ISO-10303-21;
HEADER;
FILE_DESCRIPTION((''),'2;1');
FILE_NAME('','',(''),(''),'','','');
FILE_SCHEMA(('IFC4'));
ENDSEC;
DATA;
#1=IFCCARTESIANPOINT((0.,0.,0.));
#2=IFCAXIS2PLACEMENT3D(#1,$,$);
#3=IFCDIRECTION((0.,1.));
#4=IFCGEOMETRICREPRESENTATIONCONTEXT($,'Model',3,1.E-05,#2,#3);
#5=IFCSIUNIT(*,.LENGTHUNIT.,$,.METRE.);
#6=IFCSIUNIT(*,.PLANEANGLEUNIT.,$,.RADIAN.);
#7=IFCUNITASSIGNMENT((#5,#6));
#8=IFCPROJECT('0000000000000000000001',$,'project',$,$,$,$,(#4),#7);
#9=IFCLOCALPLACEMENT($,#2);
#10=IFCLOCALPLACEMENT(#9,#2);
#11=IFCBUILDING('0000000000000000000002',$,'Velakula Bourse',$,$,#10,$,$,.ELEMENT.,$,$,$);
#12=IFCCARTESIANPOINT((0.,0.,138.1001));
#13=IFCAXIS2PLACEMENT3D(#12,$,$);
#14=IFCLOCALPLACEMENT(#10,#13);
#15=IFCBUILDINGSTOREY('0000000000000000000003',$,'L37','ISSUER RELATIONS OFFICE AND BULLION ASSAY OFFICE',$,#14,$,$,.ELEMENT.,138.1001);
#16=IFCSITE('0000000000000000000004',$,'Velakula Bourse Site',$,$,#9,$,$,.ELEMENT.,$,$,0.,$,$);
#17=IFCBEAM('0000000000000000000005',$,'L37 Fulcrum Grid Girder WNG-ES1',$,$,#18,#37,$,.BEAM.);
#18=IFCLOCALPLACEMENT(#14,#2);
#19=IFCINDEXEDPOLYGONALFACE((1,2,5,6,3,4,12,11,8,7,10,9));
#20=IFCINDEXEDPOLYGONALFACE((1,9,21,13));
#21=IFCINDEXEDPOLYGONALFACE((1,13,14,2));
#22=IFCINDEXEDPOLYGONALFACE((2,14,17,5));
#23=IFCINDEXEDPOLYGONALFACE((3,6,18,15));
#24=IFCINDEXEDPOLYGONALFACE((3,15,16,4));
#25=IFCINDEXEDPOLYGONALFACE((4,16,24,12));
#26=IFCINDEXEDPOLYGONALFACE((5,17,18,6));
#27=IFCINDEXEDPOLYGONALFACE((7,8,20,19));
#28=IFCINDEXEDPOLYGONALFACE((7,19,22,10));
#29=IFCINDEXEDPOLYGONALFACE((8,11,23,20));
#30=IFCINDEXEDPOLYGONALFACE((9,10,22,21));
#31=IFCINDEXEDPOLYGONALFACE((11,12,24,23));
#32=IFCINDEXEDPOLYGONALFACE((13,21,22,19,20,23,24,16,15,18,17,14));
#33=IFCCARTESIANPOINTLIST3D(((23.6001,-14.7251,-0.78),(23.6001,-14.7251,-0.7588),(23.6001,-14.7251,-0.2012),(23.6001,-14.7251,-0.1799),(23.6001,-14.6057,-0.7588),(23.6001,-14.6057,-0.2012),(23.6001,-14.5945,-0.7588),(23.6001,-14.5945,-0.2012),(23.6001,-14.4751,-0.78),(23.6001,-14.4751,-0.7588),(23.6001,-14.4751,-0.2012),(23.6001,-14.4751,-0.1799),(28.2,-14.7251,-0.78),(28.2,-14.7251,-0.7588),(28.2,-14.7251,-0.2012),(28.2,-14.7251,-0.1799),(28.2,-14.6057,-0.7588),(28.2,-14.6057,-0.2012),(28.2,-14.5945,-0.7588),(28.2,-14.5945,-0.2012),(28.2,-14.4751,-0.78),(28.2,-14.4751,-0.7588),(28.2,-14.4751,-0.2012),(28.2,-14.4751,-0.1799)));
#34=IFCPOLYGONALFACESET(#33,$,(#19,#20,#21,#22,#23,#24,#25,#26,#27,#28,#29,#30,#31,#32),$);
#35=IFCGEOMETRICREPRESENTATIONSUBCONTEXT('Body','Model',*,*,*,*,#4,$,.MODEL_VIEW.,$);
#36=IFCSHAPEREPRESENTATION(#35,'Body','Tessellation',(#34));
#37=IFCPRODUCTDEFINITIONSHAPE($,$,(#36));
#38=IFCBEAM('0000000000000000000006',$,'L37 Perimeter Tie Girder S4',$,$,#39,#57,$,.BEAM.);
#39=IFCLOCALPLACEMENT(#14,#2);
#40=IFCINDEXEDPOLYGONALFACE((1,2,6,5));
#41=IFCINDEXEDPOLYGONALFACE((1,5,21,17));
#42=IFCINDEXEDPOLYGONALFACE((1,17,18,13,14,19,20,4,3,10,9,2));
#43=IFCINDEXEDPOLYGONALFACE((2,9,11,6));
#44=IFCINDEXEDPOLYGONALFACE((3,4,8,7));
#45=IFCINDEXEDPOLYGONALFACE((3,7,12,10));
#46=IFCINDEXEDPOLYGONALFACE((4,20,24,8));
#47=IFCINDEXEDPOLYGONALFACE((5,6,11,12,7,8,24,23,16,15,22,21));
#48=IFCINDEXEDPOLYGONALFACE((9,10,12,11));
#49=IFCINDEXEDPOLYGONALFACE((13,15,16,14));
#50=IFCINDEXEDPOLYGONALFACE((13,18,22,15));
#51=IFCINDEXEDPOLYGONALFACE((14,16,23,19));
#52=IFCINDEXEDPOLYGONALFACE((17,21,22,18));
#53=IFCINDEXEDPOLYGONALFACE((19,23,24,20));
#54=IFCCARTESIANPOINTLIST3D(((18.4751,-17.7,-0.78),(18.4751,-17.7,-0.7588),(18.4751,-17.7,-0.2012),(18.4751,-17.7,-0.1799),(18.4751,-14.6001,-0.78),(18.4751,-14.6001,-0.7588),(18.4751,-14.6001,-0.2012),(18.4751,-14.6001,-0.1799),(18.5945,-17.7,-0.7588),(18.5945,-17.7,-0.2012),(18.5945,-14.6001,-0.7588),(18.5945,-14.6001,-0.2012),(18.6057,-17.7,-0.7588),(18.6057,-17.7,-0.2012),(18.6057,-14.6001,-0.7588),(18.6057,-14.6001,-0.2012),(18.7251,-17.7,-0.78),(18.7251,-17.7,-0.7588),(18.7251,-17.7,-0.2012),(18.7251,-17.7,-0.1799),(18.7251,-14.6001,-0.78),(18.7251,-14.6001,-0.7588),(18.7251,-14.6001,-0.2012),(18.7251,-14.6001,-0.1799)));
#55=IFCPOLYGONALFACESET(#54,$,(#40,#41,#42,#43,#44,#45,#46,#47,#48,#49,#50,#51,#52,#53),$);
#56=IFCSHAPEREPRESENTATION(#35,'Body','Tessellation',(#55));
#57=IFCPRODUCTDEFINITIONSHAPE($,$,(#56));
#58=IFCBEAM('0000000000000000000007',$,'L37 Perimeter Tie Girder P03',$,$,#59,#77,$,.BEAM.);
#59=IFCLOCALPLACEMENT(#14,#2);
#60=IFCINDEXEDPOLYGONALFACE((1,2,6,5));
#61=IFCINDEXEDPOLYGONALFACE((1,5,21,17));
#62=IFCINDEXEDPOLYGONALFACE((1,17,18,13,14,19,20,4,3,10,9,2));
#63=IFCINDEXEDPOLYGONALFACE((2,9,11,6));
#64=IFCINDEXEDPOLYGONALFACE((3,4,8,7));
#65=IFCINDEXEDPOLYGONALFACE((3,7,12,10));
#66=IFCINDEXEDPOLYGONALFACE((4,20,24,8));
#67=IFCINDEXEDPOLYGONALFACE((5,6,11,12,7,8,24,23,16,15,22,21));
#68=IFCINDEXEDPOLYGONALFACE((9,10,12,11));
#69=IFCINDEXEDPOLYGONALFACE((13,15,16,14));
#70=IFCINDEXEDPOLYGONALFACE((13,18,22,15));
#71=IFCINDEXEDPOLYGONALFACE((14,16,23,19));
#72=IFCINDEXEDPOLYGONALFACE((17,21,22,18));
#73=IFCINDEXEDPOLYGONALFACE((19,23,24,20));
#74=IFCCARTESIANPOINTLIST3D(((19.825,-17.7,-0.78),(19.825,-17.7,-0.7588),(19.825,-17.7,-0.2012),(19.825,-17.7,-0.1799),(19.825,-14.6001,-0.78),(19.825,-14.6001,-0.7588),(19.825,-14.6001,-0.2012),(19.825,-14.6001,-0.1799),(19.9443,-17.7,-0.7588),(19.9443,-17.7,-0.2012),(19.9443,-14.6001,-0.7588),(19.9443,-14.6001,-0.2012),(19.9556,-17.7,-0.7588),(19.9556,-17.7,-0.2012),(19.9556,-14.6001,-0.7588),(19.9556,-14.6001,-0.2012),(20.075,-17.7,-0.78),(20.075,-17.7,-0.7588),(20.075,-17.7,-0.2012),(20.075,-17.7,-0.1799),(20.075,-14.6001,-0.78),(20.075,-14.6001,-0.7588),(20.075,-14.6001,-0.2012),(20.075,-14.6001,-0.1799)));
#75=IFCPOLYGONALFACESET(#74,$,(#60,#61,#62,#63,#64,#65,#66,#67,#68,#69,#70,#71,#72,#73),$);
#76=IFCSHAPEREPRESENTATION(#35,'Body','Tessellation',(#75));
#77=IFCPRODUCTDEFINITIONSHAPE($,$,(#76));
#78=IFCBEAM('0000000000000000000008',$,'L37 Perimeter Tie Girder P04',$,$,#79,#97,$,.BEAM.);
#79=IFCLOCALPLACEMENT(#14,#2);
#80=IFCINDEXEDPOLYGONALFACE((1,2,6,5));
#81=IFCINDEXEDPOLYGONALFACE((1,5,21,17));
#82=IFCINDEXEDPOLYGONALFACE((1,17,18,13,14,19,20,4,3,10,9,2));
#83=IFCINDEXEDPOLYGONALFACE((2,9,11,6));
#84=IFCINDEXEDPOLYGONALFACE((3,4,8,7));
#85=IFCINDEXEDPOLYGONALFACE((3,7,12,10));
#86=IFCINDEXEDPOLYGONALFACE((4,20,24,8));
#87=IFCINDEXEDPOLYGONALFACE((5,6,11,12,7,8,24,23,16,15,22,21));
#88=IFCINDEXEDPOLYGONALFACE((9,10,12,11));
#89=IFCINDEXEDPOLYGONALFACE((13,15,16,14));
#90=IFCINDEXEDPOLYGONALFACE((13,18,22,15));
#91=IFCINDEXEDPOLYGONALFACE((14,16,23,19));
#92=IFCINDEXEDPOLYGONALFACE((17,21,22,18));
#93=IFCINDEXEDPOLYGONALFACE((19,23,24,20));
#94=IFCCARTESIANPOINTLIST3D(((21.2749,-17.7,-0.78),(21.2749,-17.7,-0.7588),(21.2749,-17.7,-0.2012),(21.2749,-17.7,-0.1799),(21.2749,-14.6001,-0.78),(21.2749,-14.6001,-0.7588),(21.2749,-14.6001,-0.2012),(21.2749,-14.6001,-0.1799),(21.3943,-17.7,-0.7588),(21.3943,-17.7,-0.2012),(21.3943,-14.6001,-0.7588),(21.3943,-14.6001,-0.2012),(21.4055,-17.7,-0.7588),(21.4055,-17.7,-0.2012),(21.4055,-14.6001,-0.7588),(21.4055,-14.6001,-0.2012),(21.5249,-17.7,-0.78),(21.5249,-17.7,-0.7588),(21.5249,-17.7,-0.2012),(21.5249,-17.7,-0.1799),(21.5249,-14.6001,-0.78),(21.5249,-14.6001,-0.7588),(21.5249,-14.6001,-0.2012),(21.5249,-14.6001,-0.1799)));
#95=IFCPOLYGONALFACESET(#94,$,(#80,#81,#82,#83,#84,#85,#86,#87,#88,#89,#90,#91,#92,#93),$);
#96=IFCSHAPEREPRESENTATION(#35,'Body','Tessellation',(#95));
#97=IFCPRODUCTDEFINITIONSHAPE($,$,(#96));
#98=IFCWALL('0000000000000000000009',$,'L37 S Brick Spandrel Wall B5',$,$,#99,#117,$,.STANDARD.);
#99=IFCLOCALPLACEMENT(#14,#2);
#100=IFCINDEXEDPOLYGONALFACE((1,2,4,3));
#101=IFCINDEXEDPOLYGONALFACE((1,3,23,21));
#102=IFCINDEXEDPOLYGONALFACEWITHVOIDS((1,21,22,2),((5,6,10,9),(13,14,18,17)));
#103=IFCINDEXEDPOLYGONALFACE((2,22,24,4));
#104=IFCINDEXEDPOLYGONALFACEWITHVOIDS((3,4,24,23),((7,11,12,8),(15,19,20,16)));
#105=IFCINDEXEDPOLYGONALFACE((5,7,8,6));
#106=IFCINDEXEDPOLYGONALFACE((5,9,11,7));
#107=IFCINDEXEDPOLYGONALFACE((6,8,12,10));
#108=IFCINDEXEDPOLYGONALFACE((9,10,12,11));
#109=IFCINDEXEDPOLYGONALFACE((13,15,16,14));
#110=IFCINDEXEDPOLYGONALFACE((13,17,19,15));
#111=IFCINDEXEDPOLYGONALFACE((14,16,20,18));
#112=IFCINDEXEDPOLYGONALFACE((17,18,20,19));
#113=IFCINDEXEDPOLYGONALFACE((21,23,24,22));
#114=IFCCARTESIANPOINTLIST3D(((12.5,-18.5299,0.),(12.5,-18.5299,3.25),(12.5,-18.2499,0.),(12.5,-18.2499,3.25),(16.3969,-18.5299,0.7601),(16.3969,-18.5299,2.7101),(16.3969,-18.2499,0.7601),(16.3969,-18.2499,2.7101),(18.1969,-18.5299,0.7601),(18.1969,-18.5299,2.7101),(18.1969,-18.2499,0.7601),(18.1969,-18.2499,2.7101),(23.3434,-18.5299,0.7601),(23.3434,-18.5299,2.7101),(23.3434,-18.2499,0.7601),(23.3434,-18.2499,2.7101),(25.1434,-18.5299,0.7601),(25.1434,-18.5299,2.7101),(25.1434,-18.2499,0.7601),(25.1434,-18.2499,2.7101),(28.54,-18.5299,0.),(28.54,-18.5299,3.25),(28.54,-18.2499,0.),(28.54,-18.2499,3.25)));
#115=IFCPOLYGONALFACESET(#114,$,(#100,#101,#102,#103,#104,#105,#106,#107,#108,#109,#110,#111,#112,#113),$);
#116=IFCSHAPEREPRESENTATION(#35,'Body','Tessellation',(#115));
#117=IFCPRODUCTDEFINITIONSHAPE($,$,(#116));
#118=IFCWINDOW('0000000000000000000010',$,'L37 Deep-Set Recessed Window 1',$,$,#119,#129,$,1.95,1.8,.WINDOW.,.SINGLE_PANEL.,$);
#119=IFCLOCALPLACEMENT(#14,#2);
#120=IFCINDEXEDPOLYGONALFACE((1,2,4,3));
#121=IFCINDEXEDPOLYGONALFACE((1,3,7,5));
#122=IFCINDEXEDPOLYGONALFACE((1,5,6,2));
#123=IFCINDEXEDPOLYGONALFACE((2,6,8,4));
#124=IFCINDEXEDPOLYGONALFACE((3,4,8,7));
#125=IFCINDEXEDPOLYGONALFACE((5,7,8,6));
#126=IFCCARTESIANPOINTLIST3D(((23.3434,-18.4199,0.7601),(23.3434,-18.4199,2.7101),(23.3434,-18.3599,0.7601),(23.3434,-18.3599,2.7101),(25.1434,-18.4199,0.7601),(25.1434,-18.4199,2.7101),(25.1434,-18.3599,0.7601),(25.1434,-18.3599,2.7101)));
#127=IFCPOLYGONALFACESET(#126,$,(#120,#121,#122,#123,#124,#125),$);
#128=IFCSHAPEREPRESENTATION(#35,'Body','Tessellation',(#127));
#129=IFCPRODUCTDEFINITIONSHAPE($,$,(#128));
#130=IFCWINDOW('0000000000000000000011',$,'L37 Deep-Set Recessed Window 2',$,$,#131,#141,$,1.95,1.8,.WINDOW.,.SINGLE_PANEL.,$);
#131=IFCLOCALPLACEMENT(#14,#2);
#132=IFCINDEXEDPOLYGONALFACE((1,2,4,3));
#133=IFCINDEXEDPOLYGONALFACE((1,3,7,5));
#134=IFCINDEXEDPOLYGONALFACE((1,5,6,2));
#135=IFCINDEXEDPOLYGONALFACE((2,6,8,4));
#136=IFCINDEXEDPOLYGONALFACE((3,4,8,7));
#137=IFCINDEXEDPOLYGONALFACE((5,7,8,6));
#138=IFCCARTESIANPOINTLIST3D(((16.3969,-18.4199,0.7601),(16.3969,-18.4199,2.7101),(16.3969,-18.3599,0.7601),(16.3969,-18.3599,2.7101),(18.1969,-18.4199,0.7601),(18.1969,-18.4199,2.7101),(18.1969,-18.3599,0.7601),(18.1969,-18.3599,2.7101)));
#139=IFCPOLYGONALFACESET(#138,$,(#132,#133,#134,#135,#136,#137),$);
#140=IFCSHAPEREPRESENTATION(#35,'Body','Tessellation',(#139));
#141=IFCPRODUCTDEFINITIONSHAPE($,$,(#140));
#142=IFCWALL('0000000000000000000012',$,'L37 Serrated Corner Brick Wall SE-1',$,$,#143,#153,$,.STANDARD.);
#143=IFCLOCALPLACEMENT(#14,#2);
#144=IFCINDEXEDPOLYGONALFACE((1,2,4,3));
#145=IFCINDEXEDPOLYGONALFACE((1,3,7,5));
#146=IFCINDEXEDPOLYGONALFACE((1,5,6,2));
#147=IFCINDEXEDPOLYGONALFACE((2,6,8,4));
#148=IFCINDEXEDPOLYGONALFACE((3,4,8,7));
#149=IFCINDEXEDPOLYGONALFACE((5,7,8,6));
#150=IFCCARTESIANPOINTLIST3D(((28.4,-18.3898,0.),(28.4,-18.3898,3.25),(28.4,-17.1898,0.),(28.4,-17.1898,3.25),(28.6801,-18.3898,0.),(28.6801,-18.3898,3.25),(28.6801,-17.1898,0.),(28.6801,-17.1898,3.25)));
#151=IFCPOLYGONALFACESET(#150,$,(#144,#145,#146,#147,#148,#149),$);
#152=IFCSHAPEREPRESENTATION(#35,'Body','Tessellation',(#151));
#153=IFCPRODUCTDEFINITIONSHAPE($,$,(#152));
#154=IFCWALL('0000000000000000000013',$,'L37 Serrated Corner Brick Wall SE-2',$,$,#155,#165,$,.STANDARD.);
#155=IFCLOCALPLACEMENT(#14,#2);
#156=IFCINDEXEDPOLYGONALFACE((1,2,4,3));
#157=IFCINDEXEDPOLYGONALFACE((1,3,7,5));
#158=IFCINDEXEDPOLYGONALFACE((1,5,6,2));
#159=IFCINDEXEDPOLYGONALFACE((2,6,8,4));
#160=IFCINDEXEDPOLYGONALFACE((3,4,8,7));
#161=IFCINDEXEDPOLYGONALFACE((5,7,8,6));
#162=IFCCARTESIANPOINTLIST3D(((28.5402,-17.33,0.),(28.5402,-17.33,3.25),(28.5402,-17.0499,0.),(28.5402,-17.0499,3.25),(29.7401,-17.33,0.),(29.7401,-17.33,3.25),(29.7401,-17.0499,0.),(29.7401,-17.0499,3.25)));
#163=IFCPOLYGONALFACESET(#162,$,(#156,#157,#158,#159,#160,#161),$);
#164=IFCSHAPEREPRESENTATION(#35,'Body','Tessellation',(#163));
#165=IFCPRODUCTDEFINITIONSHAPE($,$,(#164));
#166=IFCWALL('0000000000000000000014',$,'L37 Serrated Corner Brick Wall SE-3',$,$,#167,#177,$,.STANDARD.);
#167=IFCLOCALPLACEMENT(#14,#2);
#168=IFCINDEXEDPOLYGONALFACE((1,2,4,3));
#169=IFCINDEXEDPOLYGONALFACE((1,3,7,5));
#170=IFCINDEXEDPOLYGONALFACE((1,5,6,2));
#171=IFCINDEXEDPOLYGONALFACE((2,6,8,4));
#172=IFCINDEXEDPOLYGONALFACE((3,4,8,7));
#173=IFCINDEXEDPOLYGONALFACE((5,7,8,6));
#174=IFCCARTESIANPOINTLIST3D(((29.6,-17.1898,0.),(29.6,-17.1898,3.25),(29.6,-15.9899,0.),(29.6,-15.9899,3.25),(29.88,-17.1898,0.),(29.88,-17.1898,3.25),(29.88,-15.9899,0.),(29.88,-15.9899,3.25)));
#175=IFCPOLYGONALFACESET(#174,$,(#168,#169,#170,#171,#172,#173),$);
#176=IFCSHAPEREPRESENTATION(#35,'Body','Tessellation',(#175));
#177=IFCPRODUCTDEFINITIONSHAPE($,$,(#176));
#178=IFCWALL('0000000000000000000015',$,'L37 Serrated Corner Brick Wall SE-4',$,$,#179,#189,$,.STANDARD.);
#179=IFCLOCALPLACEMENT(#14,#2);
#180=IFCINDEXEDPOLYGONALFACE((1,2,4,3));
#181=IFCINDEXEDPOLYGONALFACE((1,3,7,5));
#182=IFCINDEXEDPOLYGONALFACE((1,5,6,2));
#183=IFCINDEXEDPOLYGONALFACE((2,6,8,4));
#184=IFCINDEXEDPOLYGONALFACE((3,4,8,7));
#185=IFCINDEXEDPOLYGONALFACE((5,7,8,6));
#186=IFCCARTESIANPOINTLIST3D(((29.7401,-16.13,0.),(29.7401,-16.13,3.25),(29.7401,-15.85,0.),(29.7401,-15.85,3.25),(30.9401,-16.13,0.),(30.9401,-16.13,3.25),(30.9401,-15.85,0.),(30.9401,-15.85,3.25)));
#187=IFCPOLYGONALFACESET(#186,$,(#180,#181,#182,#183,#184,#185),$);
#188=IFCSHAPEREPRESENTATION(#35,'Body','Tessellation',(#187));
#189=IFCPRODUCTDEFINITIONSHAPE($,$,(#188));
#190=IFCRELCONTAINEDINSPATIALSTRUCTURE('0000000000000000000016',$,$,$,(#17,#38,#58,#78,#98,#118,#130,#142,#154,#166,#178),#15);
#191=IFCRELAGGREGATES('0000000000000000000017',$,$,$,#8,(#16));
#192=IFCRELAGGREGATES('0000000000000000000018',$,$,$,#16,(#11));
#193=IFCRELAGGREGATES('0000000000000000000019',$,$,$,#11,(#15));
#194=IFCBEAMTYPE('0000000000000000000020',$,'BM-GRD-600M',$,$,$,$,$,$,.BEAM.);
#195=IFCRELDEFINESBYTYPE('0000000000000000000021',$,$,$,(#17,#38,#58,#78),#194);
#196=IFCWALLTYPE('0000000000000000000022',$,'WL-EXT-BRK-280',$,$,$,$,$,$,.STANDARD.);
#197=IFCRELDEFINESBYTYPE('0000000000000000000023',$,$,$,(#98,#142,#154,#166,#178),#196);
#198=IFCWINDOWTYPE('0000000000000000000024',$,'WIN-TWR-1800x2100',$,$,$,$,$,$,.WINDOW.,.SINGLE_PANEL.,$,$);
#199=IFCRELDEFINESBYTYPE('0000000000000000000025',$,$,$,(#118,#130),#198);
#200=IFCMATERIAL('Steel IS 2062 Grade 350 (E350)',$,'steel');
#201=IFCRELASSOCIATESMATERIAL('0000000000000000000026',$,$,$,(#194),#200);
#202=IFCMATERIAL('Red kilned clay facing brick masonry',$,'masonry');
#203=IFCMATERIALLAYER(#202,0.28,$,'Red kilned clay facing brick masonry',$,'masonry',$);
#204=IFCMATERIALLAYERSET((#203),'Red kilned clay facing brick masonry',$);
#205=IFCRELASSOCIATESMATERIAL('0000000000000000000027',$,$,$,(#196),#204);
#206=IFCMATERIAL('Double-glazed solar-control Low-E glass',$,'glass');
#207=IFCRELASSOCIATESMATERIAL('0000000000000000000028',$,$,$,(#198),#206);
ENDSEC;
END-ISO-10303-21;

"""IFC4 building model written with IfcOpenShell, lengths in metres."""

from ifc_helpers import new_model, si_unit, direction, frame, frame_2d, origin, origin_2d, place, context, subcontext, project, spatial, rectangle, i_section, extrude, material, layer, layer_set, material_profile, profile_set, type_object, element, fill, save


model = new_model("IFC4")

# Units and contexts
model_context = context("Model", 3, precision=1e-05, world=origin(), true_north=direction((0.0, 1.0)))
body_context = subcontext(model_context, "Body", "Model", "MODEL_VIEW")
ifc_project = project(units=[si_unit("LENGTHUNIT", "METRE"), si_unit("PLANEANGLEUNIT", "RADIAN")], contexts=[model_context])

# Site, building, storey
site_placement = place(None, origin())
site = spatial("IfcSite", under=ifc_project, at=site_placement, Name="Velakula Bourse Site", CompositionType="ELEMENT", RefElevation=0.0)
building_placement = place(site_placement, origin())
building = spatial("IfcBuilding", under=site, at=building_placement, Name="Velakula Bourse", CompositionType="ELEMENT")
storey_placement = place(building_placement, frame((0.0, 0.0, 138.1001)))
storey = spatial("IfcBuildingStorey", under=building, at=storey_placement, Name="L37", Description="ISSUER RELATIONS OFFICE AND BULLION ASSAY OFFICE", CompositionType="ELEMENT", Elevation=138.1001)

# Shared definitions
ifc_material_1 = material(Name="Steel IS 2062 Grade 350 (E350)", Category="steel")

# Beams
ifc_material_profile_1 = material_profile(ifc_material_1, i_section(OverallWidth=0.25, OverallDepth=0.6001, WebThickness=0.0112, FlangeThickness=0.0212, at=origin_2d()), Name="Steel IS 2062 Grade 350 (E350)")
ifc_profile_set_1 = profile_set([ifc_material_profile_1], Name="Steel IS 2062 Grade 350 (E350)")
beam_type = type_object("IfcBeamType", Name="BM-GRD-600M", PredefinedType="BEAM", material=ifc_profile_set_1)
beam_1_placement = place(storey_placement, frame((23.6001, -14.6001, -0.48), z_axis=(1.0, 0.0, 0.0), x_axis=(0.0, 1.0, 0.0)))
element("IfcBeam", 1, at=beam_1_placement, inside=storey, type_object=beam_type, Name="L37 Fulcrum Grid Girder WNG-ES1", PredefinedType="BEAM", context=body_context, shape_type="SweptSolid", body=[
    extrude(i_section(OverallWidth=0.25, OverallDepth=0.6001, WebThickness=0.0112, FlangeThickness=0.0212, at=origin_2d()), origin(), (0.0, 0.0, 1.0), 4.5999),
])
for number, where, z_axis, x_axis, name in (
    (2, (18.6001, -14.6001, -0.48), (0.0, -1.0, 0.0), (1.0, 0.0, 0.0), "L37 Perimeter Tie Girder S4"),
    (3, (19.95, -14.6001, -0.48), (0.0, -1.0, 0.0), (1.0, 0.0, 0.0), "L37 Perimeter Tie Girder P03"),
    (4, (21.3999, -14.6001, -0.48), (0.0, -1.0, 0.0), (1.0, 0.0, 0.0), "L37 Perimeter Tie Girder P04"),
):
    element("IfcBeam", number, at=place(storey_placement, frame(where, z_axis=z_axis, x_axis=x_axis)), inside=storey, type_object=beam_type, Name=name, PredefinedType="BEAM", context=body_context, shape_type="SweptSolid", body=[
        extrude(i_section(OverallWidth=0.25, OverallDepth=0.6001, WebThickness=0.0112, FlangeThickness=0.0212, at=origin_2d()), origin(), (0.0, 0.0, 1.0), 3.0999),
    ])

# Wall, openings, windows
ifc_material_2 = material(Name="Red kilned clay facing brick masonry", Category="masonry")
ifc_layer_1 = layer(ifc_material_2, 0.28, Name="Red kilned clay facing brick masonry", Category="masonry")
ifc_layer_set_1 = layer_set([ifc_layer_1], Name="Red kilned clay facing brick masonry")
wall_type_1 = type_object("IfcWallType", Name="WL-EXT-BRK-280", PredefinedType="STANDARD", material=ifc_layer_set_1)
wall_placement = place(storey_placement, frame((28.54, -18.3899, 0.0), z_axis=(0.0, 0.0, 1.0), x_axis=(-1.0, 0.0, 0.0)))
wall = element("IfcWall", 5, at=wall_placement, inside=storey, type_object=wall_type_1, Name="L37 S Brick Spandrel Wall B5", PredefinedType="STANDARD", context=body_context, shape_type="SweptSolid", body=[
    extrude(rectangle(XDim=16.04, YDim=0.28, at=frame_2d((8.02, 0.0))), origin(), (0.0, 0.0, 1.0), 3.25),
])
opening_1_placement = place(wall_placement, frame((3.3967, 0.0, 0.76)))
opening_1 = element("IfcOpeningElement", 6, at=opening_1_placement, cuts=wall, PredefinedType="OPENING", context=body_context, shape_type="SweptSolid", body=[
    extrude(rectangle(XDim=1.8, YDim=1.95, at=frame_2d((0.8999, 0.9751))), frame((0.0, 0.1499, 0.0), z_axis=(0.0, -1.0, 0.0), x_axis=(1.0, 0.0, 0.0)), (0.0, 0.0, 1.0), 0.3),
])
opening_2_placement = place(wall_placement, frame((10.3433, 0.0, 0.76)))
opening_2 = element("IfcOpeningElement", 7, at=opening_2_placement, cuts=wall, PredefinedType="OPENING", context=body_context, shape_type="SweptSolid", body=[
    extrude(rectangle(XDim=1.8, YDim=1.95, at=frame_2d((0.8999, 0.9751))), frame((0.0, 0.1499, 0.0), z_axis=(0.0, -1.0, 0.0), x_axis=(1.0, 0.0, 0.0)), (0.0, 0.0, 1.0), 0.3),
])
ifc_material_3 = material(Name="Double-glazed solar-control Low-E glass", Category="glass")
window_type = type_object("IfcWindowType", Name="WIN-TWR-1800x2100", PartitioningType="SINGLE_PANEL", PredefinedType="WINDOW", material=ifc_material_3)
window_1_placement = place(opening_1_placement, origin())
window_1 = element("IfcWindow", 8, at=window_1_placement, inside=storey, type_object=window_type, Name="L37 Deep-Set Recessed Window 1", OverallHeight=1.95, OverallWidth=1.8, PartitioningType="SINGLE_PANEL", PredefinedType="WINDOW", context=body_context, shape_type="SweptSolid", body=[
    extrude(rectangle(XDim=1.8, YDim=1.95, at=frame_2d((0.8999, 0.9751))), frame((0.0, 0.03, 0.0), z_axis=(0.0, -1.0, 0.0), x_axis=(1.0, 0.0, 0.0)), (0.0, 0.0, 1.0), 0.0601),
])
fill(opening_1, window_1)
window_2_placement = place(opening_2_placement, origin())
window_2 = element("IfcWindow", 9, at=window_2_placement, inside=storey, type_object=window_type, Name="L37 Deep-Set Recessed Window 2", OverallHeight=1.95, OverallWidth=1.8, PartitioningType="SINGLE_PANEL", PredefinedType="WINDOW", context=body_context, shape_type="SweptSolid", body=[
    extrude(rectangle(XDim=1.8, YDim=1.95, at=frame_2d((0.8999, 0.9751))), frame((0.0, 0.03, 0.0), z_axis=(0.0, -1.0, 0.0), x_axis=(1.0, 0.0, 0.0)), (0.0, 0.0, 1.0), 0.0601),
])
fill(opening_2, window_2)

# Walls
for number, where, z_axis, x_axis, name in (
    (10, (28.54, -18.3899, 0.0), (0.0, 0.0, 1.0), (0.0, 1.0, 0.0), "L37 Serrated Corner Brick Wall SE-1"),
    (11, (28.54, -17.1899, 0.0), (0.0, 0.0, 1.0), (1.0, 0.0, 0.0), "L37 Serrated Corner Brick Wall SE-2"),
    (12, (29.74, -17.1899, 0.0), (0.0, 0.0, 1.0), (0.0, 1.0, 0.0), "L37 Serrated Corner Brick Wall SE-3"),
    (13, (29.74, -15.99, 0.0), (0.0, 0.0, 1.0), (1.0, 0.0, 0.0), "L37 Serrated Corner Brick Wall SE-4"),
):
    element("IfcWall", number, at=place(storey_placement, frame(where, z_axis=z_axis, x_axis=x_axis)), inside=storey, type_object=wall_type_1, Name=name, PredefinedType="STANDARD", context=body_context, shape_type="SweptSolid", body=[
        extrude(rectangle(XDim=1.2, YDim=0.28, at=frame_2d((0.6001, 0.0))), origin(), (0.0, 0.0, 1.0), 3.25),
    ])

save(model, "model.ifc")
